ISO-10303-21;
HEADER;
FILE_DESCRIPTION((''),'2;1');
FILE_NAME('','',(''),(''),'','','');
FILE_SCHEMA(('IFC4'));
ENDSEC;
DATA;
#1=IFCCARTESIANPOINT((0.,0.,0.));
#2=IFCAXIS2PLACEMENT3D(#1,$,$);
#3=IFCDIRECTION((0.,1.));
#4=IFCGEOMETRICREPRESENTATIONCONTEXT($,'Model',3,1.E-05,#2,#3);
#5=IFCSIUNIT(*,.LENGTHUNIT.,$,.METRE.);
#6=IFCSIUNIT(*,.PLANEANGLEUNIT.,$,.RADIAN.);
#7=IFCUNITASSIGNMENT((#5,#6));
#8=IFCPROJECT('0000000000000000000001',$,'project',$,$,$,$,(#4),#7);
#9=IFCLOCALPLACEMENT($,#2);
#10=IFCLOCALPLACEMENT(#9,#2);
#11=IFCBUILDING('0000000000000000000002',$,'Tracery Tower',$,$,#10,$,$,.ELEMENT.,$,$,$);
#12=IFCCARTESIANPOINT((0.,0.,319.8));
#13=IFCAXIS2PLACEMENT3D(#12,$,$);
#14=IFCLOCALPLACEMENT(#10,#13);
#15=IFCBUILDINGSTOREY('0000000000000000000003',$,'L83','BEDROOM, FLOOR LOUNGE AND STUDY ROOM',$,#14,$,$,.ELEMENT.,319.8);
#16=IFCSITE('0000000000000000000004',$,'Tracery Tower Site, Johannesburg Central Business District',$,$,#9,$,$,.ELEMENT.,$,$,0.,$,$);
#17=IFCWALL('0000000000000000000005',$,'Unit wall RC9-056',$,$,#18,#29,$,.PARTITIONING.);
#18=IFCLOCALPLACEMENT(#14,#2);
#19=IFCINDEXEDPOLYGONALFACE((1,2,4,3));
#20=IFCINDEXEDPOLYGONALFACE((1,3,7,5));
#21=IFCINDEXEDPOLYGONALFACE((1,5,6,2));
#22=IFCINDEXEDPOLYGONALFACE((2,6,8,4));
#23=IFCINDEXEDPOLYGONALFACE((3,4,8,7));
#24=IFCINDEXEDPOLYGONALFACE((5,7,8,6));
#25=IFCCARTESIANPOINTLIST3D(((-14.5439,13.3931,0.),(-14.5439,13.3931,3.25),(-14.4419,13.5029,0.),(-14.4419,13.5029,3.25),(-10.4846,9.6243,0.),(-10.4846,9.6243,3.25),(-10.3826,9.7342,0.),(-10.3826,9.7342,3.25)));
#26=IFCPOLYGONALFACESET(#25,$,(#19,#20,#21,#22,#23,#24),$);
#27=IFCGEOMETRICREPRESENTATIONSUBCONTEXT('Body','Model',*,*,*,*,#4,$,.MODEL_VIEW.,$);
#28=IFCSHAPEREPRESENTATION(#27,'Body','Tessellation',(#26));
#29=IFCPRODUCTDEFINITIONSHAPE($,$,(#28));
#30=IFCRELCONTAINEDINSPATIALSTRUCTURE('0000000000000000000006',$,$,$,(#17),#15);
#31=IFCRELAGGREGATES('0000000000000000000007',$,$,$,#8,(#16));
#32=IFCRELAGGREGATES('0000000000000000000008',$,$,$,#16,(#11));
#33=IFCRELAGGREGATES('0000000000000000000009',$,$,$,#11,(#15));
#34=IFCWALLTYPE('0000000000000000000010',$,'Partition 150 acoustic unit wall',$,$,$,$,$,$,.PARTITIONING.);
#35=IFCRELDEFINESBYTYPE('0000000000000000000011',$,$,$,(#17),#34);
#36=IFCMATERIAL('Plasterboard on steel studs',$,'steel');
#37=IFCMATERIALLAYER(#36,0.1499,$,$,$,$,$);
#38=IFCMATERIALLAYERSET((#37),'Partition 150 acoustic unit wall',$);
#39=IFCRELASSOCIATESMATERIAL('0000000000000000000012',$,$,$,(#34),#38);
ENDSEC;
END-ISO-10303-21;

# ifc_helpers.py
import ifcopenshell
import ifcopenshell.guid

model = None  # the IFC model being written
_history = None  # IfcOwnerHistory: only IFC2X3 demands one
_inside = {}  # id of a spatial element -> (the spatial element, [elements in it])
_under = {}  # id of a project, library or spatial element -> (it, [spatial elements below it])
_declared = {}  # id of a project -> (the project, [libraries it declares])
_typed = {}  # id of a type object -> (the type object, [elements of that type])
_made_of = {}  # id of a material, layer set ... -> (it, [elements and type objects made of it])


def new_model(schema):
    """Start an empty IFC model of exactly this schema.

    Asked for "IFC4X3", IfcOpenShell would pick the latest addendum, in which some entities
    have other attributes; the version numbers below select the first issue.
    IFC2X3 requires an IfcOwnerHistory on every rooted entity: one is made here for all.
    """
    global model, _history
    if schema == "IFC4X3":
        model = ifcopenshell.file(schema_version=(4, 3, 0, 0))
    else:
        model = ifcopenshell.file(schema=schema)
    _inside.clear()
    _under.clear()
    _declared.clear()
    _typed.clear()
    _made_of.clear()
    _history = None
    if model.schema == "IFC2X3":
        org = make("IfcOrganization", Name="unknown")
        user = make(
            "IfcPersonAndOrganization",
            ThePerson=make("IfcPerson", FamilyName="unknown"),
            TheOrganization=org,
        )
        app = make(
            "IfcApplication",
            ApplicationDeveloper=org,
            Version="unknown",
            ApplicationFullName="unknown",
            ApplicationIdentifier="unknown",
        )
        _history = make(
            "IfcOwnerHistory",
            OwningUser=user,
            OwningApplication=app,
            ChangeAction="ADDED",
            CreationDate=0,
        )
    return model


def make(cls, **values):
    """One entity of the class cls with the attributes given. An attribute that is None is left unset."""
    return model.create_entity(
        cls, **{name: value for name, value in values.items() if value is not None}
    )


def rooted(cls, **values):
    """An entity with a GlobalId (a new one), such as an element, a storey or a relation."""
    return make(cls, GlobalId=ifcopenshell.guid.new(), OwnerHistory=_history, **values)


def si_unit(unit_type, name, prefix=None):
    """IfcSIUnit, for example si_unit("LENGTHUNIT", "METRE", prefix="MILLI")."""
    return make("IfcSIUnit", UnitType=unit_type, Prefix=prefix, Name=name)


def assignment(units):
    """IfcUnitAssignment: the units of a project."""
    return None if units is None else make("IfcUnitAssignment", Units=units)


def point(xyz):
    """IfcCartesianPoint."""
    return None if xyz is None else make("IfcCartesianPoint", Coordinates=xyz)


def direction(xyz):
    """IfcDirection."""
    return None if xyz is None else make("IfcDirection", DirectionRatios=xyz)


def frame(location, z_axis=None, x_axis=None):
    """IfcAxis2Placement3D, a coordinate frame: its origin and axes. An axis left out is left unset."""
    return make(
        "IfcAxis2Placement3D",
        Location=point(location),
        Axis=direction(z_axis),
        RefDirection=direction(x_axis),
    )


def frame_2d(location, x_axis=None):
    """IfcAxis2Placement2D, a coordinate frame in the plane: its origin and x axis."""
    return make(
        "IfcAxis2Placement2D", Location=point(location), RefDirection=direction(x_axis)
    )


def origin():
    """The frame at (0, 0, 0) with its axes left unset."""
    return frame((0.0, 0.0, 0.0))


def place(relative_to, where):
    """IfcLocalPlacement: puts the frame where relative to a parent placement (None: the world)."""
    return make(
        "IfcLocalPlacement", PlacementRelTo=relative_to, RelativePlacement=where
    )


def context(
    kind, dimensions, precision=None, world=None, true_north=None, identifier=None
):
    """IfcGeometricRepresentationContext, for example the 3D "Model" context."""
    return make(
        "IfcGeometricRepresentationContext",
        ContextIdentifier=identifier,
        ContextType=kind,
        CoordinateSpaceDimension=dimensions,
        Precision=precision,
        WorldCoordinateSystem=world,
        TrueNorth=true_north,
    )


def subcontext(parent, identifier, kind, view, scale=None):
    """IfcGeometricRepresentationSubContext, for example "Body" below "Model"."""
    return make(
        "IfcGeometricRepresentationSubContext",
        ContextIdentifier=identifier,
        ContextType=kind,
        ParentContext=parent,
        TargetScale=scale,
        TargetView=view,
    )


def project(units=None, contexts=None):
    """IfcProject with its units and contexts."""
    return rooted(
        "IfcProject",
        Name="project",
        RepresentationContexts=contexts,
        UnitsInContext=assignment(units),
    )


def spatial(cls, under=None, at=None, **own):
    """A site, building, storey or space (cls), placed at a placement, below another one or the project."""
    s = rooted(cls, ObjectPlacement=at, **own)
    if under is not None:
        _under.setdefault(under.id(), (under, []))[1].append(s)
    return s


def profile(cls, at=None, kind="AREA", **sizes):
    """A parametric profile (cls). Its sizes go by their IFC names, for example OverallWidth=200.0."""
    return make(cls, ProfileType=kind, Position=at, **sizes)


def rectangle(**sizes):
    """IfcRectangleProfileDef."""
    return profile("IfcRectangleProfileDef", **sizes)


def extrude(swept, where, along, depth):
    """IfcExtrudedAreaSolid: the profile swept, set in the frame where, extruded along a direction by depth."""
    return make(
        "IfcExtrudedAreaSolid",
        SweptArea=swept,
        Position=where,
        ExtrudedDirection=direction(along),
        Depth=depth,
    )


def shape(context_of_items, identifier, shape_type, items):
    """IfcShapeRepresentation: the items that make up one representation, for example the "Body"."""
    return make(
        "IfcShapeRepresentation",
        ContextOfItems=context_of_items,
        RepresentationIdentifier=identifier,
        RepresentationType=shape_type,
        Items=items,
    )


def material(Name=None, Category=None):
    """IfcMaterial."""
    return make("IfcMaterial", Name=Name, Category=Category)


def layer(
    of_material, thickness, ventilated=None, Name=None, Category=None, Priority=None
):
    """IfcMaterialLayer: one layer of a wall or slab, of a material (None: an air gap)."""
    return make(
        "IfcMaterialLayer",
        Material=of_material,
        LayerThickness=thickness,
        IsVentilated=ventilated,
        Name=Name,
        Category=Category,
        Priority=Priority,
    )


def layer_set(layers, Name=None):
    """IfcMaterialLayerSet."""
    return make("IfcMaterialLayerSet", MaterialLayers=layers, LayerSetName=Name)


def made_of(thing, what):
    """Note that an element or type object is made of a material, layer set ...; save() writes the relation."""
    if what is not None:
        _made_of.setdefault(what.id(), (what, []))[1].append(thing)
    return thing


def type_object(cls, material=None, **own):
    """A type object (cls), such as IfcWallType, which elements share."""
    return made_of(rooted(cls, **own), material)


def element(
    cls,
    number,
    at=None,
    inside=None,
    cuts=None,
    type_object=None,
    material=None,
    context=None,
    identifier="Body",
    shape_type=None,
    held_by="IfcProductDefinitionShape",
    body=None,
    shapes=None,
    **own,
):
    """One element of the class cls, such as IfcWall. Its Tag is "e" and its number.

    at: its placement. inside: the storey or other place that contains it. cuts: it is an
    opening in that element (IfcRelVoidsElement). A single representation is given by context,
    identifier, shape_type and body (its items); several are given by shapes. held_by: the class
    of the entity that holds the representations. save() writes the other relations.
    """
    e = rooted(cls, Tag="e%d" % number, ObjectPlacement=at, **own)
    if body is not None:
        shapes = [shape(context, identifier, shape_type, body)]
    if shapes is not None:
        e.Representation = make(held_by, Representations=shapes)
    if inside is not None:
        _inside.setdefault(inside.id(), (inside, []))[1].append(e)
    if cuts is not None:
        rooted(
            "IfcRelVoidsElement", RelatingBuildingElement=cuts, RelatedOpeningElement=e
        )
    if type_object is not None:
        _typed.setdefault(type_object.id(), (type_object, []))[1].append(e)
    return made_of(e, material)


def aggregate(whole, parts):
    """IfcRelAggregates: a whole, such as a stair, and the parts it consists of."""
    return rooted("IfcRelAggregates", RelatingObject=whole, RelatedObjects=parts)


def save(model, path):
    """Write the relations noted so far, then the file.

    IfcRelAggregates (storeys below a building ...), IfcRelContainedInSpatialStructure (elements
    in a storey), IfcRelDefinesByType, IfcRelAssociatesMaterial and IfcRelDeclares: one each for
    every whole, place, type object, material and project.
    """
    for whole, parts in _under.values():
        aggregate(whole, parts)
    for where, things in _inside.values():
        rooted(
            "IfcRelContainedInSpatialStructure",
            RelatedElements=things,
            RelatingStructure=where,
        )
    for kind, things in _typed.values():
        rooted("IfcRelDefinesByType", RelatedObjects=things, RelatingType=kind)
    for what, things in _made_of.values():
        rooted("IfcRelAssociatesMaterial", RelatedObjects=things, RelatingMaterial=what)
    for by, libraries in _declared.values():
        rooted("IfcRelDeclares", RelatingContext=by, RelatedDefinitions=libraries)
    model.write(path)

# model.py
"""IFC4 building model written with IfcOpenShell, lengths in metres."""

from ifc_helpers import new_model, si_unit, direction, frame, frame_2d, origin, place, context, subcontext, project, spatial, rectangle, extrude, material, layer, layer_set, type_object, element, save


model = new_model("IFC4")

# Units and contexts
model_context = context("Model", 3, precision=1e-05, world=origin(), true_north=direction((0.0, 1.0)))
body_context = subcontext(model_context, "Body", "Model", "MODEL_VIEW")
ifc_project = project(units=[si_unit("LENGTHUNIT", "METRE"), si_unit("PLANEANGLEUNIT", "RADIAN")], contexts=[model_context])

# Site, building, storey
site_placement = place(None, origin())
site = spatial("IfcSite", under=ifc_project, at=site_placement, Name="Tracery Tower Site, Johannesburg Central Business District", CompositionType="ELEMENT", RefElevation=0.0)
building_placement = place(site_placement, origin())
building = spatial("IfcBuilding", under=site, at=building_placement, Name="Tracery Tower", CompositionType="ELEMENT")
storey_placement = place(building_placement, frame((0.0, 0.0, 319.8)))
storey = spatial("IfcBuildingStorey", under=building, at=storey_placement, Name="L83", Description="BEDROOM, FLOOR LOUNGE AND STUDY ROOM", CompositionType="ELEMENT", Elevation=319.8)

# Wall
ifc_material_1 = material(Name="Plasterboard on steel studs", Category="steel")
ifc_layer_1 = layer(ifc_material_1, 0.1499)
ifc_layer_set_1 = layer_set([ifc_layer_1], Name="Partition 150 acoustic unit wall")
wall_type_1 = type_object("IfcWallType", Name="Partition 150 acoustic unit wall", PredefinedType="PARTITIONING", material=ifc_layer_set_1)
wall_1_placement = place(storey_placement, frame((-14.4929, 13.448, 0.0), z_axis=(0.0, 0.0, 1.0), x_axis=(0.732845, -0.680395, 0.0)))
element("IfcWall", 1, at=wall_1_placement, inside=storey, type_object=wall_type_1, Name="Unit wall RC9-056", PredefinedType="PARTITIONING", context=body_context, shape_type="SweptSolid", body=[
    extrude(rectangle(XDim=5.5391, YDim=0.1499, at=frame_2d((2.7695, 0.0))), origin(), (0.0, 0.0, 1.0), 3.25),
])

save(model, "model.ifc")
